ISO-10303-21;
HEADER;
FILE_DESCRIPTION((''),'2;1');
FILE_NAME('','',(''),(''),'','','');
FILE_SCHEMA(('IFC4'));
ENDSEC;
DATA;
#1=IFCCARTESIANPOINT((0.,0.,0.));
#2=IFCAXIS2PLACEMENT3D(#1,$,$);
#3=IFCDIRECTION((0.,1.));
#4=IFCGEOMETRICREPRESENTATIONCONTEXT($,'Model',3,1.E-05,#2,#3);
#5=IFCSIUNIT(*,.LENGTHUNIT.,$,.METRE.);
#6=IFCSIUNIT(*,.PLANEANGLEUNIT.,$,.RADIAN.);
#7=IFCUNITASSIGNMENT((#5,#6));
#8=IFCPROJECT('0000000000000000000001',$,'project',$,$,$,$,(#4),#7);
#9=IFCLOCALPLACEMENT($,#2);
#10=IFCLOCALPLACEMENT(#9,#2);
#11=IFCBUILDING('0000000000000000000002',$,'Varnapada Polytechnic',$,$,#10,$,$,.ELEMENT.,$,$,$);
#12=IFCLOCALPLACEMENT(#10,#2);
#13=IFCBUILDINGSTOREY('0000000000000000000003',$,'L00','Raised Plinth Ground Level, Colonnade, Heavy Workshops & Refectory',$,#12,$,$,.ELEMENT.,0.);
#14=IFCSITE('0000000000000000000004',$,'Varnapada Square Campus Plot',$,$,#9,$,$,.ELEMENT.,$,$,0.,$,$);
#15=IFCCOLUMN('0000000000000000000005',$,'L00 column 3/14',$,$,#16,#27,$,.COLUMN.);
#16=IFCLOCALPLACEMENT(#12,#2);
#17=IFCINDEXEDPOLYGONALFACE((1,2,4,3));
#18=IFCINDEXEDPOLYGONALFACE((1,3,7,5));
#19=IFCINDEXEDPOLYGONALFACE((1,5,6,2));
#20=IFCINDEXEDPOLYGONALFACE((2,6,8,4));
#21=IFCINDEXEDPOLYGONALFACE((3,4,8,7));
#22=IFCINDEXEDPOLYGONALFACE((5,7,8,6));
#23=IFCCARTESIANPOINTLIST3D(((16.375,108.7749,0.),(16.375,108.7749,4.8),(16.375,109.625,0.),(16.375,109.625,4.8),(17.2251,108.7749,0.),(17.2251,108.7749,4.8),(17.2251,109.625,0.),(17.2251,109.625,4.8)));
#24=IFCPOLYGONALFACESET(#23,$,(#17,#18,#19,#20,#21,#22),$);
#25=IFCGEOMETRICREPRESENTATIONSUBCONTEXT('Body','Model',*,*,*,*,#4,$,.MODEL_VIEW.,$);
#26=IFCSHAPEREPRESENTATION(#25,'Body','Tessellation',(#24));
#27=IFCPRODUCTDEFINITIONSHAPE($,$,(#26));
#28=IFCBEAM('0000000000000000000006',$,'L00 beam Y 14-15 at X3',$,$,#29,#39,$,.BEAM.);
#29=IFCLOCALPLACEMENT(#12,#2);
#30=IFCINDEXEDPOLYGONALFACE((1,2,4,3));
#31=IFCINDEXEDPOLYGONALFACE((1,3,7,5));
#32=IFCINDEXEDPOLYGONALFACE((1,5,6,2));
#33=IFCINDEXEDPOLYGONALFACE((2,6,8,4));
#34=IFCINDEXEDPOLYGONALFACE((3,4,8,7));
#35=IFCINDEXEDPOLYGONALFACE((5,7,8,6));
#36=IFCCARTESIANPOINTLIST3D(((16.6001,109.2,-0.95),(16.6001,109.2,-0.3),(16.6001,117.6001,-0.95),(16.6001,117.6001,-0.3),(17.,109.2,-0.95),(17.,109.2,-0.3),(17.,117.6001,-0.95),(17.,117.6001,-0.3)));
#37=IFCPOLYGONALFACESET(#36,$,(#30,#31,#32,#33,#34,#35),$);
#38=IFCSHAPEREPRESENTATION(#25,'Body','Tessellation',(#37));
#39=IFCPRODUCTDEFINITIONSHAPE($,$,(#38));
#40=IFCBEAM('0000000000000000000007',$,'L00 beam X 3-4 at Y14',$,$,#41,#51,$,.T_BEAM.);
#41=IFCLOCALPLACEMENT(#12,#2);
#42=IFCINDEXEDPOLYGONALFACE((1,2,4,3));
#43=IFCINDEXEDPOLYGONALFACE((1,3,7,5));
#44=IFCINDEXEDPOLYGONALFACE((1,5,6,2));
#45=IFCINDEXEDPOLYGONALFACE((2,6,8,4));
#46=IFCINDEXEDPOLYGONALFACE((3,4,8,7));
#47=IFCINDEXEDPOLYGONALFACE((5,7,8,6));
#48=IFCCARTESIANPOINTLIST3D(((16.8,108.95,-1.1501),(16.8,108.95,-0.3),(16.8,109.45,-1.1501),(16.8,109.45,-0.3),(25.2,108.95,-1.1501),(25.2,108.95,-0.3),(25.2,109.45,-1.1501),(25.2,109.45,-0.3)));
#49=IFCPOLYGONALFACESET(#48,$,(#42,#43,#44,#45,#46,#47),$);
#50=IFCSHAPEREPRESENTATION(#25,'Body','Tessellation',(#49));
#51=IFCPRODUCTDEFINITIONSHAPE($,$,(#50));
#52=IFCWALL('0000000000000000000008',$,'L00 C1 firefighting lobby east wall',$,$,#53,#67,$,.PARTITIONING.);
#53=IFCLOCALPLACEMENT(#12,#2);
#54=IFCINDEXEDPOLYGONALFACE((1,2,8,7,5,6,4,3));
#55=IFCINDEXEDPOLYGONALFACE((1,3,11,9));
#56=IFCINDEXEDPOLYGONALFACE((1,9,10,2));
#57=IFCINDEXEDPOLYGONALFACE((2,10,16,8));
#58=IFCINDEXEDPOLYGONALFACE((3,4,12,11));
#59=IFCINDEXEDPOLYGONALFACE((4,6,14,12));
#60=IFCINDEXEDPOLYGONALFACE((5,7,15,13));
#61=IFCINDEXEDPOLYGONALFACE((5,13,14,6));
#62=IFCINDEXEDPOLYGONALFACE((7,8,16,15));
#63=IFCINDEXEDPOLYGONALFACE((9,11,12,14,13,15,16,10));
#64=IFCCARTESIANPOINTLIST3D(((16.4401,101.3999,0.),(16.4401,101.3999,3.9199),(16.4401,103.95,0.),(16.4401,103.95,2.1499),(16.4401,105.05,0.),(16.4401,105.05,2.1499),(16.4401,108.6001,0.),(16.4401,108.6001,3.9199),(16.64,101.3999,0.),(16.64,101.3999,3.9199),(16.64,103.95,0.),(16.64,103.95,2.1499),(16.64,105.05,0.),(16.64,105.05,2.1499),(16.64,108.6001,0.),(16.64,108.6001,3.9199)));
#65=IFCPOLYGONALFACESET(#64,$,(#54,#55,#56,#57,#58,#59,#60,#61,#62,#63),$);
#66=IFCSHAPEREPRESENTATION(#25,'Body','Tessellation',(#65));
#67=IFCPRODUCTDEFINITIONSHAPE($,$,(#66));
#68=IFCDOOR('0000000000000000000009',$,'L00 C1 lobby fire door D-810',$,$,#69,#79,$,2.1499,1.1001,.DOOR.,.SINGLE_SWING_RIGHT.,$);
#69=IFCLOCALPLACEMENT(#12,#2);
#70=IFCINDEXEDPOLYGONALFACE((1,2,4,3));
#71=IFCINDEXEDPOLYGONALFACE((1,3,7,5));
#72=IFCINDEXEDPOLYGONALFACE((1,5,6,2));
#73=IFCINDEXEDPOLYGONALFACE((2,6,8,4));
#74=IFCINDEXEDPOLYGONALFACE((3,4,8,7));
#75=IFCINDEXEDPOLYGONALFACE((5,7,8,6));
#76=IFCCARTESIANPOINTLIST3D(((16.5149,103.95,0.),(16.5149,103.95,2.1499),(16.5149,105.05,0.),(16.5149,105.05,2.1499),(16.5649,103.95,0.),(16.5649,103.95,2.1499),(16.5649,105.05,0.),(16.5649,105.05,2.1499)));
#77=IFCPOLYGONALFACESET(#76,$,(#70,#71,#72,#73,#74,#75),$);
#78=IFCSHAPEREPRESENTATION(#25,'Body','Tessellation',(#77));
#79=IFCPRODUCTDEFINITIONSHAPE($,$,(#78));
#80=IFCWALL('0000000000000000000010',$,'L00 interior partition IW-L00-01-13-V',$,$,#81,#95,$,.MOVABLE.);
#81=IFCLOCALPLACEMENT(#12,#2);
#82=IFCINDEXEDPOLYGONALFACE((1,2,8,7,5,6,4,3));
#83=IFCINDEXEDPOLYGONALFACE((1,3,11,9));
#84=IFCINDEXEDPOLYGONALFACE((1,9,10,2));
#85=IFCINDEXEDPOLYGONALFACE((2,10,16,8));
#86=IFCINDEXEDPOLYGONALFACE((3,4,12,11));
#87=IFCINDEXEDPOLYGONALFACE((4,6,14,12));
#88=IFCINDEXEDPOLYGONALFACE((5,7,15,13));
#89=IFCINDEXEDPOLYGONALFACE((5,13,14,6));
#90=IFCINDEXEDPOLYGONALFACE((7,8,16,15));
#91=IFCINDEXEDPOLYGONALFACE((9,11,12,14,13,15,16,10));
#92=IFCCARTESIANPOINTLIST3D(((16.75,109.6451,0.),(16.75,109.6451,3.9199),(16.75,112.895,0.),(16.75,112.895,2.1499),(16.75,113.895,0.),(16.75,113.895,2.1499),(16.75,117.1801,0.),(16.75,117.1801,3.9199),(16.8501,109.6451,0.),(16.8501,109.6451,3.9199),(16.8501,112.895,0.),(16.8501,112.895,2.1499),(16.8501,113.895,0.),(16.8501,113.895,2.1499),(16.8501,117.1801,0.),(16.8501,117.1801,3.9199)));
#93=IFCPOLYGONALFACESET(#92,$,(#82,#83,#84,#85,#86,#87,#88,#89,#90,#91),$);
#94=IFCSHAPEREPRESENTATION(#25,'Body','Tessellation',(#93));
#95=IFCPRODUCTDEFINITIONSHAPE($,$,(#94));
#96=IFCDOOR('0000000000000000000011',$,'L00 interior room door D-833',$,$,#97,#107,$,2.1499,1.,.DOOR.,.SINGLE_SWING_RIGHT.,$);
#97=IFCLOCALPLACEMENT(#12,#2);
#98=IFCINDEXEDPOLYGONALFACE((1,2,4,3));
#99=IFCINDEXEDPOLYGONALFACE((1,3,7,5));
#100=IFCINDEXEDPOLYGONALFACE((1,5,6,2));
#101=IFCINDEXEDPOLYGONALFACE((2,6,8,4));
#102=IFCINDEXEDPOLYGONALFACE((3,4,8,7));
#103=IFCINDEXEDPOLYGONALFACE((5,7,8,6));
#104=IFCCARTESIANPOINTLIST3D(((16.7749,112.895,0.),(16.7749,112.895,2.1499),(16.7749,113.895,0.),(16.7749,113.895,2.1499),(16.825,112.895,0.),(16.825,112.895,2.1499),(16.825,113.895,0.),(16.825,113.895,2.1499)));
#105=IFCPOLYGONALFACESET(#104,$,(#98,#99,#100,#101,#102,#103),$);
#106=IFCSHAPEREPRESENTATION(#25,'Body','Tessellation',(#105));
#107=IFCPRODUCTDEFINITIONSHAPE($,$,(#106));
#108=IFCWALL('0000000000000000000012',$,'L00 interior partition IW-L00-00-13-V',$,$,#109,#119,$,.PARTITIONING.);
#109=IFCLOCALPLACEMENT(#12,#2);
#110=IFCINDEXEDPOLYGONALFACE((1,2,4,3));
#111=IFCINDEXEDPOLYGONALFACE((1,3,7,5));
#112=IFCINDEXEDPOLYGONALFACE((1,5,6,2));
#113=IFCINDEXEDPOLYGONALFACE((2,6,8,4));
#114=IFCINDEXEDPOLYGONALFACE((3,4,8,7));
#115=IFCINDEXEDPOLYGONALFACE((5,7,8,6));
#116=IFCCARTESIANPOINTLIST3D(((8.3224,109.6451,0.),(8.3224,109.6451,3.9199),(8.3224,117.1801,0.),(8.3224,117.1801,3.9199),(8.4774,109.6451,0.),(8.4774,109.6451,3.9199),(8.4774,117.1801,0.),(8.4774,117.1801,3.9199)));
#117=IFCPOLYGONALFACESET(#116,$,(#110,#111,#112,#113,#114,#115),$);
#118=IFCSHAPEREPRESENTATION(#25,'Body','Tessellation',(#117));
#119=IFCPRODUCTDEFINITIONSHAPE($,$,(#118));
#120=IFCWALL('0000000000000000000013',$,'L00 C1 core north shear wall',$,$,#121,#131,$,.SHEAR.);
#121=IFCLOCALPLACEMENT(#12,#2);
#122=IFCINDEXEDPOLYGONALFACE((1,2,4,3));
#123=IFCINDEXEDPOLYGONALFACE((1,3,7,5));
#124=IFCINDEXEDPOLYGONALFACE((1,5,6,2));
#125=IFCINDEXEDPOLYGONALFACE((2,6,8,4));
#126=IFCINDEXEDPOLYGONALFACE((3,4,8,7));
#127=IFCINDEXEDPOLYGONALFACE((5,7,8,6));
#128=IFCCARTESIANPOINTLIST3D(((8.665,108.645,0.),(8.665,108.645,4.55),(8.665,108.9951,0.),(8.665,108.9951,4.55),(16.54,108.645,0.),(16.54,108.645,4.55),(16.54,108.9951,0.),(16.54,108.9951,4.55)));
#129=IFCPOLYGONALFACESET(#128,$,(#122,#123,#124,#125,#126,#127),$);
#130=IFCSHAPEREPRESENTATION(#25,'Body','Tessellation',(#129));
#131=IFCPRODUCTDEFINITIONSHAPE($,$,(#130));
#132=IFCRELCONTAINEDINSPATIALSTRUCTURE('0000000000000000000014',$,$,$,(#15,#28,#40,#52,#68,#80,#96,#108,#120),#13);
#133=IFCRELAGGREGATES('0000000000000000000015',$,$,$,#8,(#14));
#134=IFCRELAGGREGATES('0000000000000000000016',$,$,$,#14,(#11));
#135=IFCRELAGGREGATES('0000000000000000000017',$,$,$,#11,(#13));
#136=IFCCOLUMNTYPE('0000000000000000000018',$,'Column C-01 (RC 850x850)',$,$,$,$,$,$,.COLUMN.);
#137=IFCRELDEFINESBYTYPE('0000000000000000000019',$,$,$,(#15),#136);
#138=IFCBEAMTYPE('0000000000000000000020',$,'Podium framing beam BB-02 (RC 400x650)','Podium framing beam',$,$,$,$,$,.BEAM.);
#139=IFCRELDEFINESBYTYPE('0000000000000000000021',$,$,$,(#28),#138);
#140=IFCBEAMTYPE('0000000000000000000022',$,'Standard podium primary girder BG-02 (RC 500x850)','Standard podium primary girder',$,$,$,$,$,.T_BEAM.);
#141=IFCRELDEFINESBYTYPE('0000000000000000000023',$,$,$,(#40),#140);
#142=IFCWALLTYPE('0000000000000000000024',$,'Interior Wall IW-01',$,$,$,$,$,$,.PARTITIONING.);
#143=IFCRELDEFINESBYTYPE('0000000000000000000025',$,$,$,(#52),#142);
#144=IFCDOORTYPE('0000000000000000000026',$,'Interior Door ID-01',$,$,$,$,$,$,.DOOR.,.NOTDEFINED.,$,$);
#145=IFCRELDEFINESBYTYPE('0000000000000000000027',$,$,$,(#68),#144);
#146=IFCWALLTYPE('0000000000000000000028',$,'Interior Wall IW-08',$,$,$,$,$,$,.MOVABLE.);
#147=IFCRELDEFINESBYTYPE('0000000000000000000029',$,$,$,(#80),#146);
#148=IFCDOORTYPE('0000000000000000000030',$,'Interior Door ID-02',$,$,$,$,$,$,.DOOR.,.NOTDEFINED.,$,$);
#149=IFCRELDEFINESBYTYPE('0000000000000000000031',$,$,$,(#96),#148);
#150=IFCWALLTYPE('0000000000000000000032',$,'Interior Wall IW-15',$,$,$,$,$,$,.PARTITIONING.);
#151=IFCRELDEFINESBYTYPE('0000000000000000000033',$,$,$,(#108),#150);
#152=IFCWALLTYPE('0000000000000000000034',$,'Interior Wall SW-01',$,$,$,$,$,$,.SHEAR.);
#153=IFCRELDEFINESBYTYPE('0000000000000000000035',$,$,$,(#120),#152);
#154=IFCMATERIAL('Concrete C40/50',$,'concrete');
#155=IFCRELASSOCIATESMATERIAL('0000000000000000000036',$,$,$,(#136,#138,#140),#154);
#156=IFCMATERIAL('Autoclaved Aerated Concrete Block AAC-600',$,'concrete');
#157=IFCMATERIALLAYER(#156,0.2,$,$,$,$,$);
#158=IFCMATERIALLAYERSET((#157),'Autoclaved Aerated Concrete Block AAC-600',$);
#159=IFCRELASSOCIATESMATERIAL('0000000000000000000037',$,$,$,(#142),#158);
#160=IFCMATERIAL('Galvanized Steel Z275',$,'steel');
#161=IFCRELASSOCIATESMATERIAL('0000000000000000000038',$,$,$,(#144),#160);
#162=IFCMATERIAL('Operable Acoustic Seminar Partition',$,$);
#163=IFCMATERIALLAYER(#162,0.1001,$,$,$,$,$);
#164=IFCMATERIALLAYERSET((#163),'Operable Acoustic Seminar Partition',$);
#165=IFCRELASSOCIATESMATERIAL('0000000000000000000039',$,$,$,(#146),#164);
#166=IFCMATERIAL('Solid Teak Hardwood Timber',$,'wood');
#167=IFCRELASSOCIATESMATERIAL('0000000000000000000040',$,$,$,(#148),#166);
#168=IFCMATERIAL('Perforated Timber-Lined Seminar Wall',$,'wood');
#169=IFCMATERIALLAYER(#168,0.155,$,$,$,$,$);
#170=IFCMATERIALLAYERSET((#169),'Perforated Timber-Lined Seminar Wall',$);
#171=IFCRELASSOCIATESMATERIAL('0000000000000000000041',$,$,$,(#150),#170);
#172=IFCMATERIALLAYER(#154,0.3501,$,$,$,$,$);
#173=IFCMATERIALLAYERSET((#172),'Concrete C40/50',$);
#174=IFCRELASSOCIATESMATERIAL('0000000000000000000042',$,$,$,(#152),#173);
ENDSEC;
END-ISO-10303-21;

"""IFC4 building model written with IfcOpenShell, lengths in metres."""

from ifc_helpers import new_model, si_unit, direction, frame, frame_2d, origin, origin_2d, place, context, subcontext, project, spatial, rectangle, extrude, material, layer, layer_set, material_profile, profile_set, type_object, element, fill, save


model = new_model("IFC4")

# Units and contexts
model_context = context("Model", 3, precision=1e-05, world=origin(), true_north=direction((0.0, 1.0)))
body_context = subcontext(model_context, "Body", "Model", "MODEL_VIEW")
ifc_project = project(units=[si_unit("LENGTHUNIT", "METRE"), si_unit("PLANEANGLEUNIT", "RADIAN")], contexts=[model_context])

# Site, building, storey
site_placement = place(None, origin())
site = spatial("IfcSite", under=ifc_project, at=site_placement, Name="Varnapada Square Campus Plot", CompositionType="ELEMENT", RefElevation=0.0)
building_placement = place(site_placement, origin())
building = spatial("IfcBuilding", under=site, at=building_placement, Name="Varnapada Polytechnic", CompositionType="ELEMENT")
storey_placement = place(building_placement, origin())
storey = spatial("IfcBuildingStorey", under=building, at=storey_placement, Name="L00", Description="Raised Plinth Ground Level, Colonnade, Heavy Workshops & Refectory", CompositionType="ELEMENT", Elevation=0.0)

# Column
ifc_material_1 = material(Name="Concrete C40/50", Category="concrete")
ifc_material_profile_1 = material_profile(ifc_material_1, rectangle(XDim=0.8501, YDim=0.8501, at=origin_2d()), Name="RC 850x850")
ifc_profile_set_1 = profile_set([ifc_material_profile_1], Name="Concrete C40/50")
column_type = type_object("IfcColumnType", Name="Column C-01 (RC 850x850)", PredefinedType="COLUMN", material=ifc_profile_set_1)
column_placement = place(storey_placement, frame((16.8, 109.2, 0.0), z_axis=(0.0, 0.0, 1.0), x_axis=(1.0, 0.0, 0.0)))
element("IfcColumn", 1, at=column_placement, inside=storey, type_object=column_type, Name="L00 column 3/14", PredefinedType="COLUMN", context=body_context, shape_type="SweptSolid", body=[
    extrude(rectangle(XDim=0.8501, YDim=0.8501, at=origin_2d()), origin(), (0.0, 0.0, 1.0), 4.8),
])

# Beams
ifc_material_profile_2 = material_profile(ifc_material_1, rectangle(XDim=0.3999, YDim=0.6499, at=origin_2d()), Name="RC 400x650")
ifc_profile_set_2 = profile_set([ifc_material_profile_2], Name="Concrete C40/50")
beam_type_1 = type_object("IfcBeamType", Name="Podium framing beam BB-02 (RC 400x650)", Description="Podium framing beam", PredefinedType="BEAM", material=ifc_profile_set_2)
beam_1_placement = place(storey_placement, frame((16.8, 109.2, -0.625), z_axis=(0.0, 1.0, 0.0), x_axis=(-1.0, 0.0, 0.0)))
element("IfcBeam", 2, at=beam_1_placement, inside=storey, type_object=beam_type_1, Name="L00 beam Y 14-15 at X3", PredefinedType="BEAM", context=body_context, shape_type="SweptSolid", body=[
    extrude(rectangle(XDim=0.3999, YDim=0.6499, at=origin_2d()), origin(), (0.0, 0.0, 1.0), 8.4001),
])
ifc_material_profile_3 = material_profile(ifc_material_1, rectangle(XDim=0.5, YDim=0.8501, at=origin_2d()), Name="RC 500x850")
ifc_profile_set_3 = profile_set([ifc_material_profile_3], Name="Concrete C40/50")
beam_type_2 = type_object("IfcBeamType", Name="Standard podium primary girder BG-02 (RC 500x850)", Description="Standard podium primary girder", PredefinedType="T_BEAM", material=ifc_profile_set_3)
beam_2_placement = place(storey_placement, frame((16.8, 109.2, -0.7251), z_axis=(1.0, 0.0, 0.0), x_axis=(0.0, 1.0, 0.0)))
element("IfcBeam", 3, at=beam_2_placement, inside=storey, type_object=beam_type_2, Name="L00 beam X 3-4 at Y14", PredefinedType="T_BEAM", context=body_context, shape_type="SweptSolid", body=[
    extrude(rectangle(XDim=0.5, YDim=0.8501, at=origin_2d()), origin(), (0.0, 0.0, 1.0), 8.3999),
])

# Walls, openings, doors
ifc_material_2 = material(Name="Autoclaved Aerated Concrete Block AAC-600", Category="concrete")
ifc_layer_1 = layer(ifc_material_2, 0.2)
ifc_layer_set_1 = layer_set([ifc_layer_1], Name="Autoclaved Aerated Concrete Block AAC-600")
wall_type_1 = type_object("IfcWallType", Name="Interior Wall IW-01", PredefinedType="PARTITIONING", material=ifc_layer_set_1)
wall_1_placement = place(storey_placement, frame((16.54, 108.6001, 0.0), z_axis=(0.0, 0.0, 1.0), x_axis=(0.0, -1.0, 0.0)))
wall_1 = element("IfcWall", 4, at=wall_1_placement, inside=storey, type_object=wall_type_1, Name="L00 C1 firefighting lobby east wall", PredefinedType="PARTITIONING", context=body_context, shape_type="SweptSolid", body=[
    extrude(rectangle(XDim=7.2002, YDim=0.2, at=frame_2d((3.6001, 0.0))), origin(), (0.0, 0.0, 1.0), 3.9199),
])
opening_1_placement = place(wall_1_placement, frame((3.55, 0.0, 0.0)))
opening_1 = element("IfcOpeningElement", 5, at=opening_1_placement, cuts=wall_1, PredefinedType="OPENING", context=body_context, shape_type="SweptSolid", body=[
    extrude(rectangle(XDim=1.1001, YDim=2.1499, at=frame_2d((0.55, 1.075))), frame((0.0, 0.1099, 0.0), z_axis=(0.0, -1.0, 0.0), x_axis=(1.0, 0.0, 0.0)), (0.0, 0.0, 1.0), 0.22),
])
ifc_material_3 = material(Name="Galvanized Steel Z275", Category="steel")
door_type_1 = type_object("IfcDoorType", Name="Interior Door ID-01", OperationType="NOTDEFINED", PredefinedType="DOOR", material=ifc_material_3)
door_1_placement = place(opening_1_placement, origin())
door_1 = element("IfcDoor", 6, at=door_1_placement, inside=storey, type_object=door_type_1, Name="L00 C1 lobby fire door D-810", OperationType="SINGLE_SWING_RIGHT", OverallHeight=2.1499, OverallWidth=1.1001, PredefinedType="DOOR", context=body_context, shape_type="SweptSolid", body=[
    extrude(rectangle(XDim=1.1001, YDim=2.1499, at=frame_2d((0.55, 1.075))), frame((0.0, 0.0249, 0.0), z_axis=(0.0, -1.0, 0.0), x_axis=(1.0, 0.0, 0.0)), (0.0, 0.0, 1.0), 0.05),
])
fill(opening_1, door_1)
ifc_material_4 = material(Name="Operable Acoustic Seminar Partition")
ifc_layer_2 = layer(ifc_material_4, 0.1001)
ifc_layer_set_2 = layer_set([ifc_layer_2], Name="Operable Acoustic Seminar Partition")
wall_type_2 = type_object("IfcWallType", Name="Interior Wall IW-08", PredefinedType="MOVABLE", material=ifc_layer_set_2)
wall_2_placement = place(storey_placement, frame((16.8, 109.645, 0.0), z_axis=(0.0, 0.0, 1.0), x_axis=(0.0, 1.0, 0.0)))
wall_2 = element("IfcWall", 7, at=wall_2_placement, inside=storey, type_object=wall_type_2, Name="L00 interior partition IW-L00-01-13-V", PredefinedType="MOVABLE", context=body_context, shape_type="SweptSolid", body=[
    extrude(rectangle(XDim=7.5349, YDim=0.1001, at=frame_2d((3.7676, 0.0))), origin(), (0.0, 0.0, 1.0), 3.9199),
])
opening_2_placement = place(wall_2_placement, frame((3.25, 0.0, 0.0)))
opening_2 = element("IfcOpeningElement", 8, at=opening_2_placement, cuts=wall_2, PredefinedType="OPENING", context=body_context, shape_type="SweptSolid", body=[
    extrude(rectangle(XDim=1.0, YDim=2.1499, at=frame_2d((0.5, 1.075))), frame((0.0, 0.0601, 0.0), z_axis=(0.0, -1.0, 0.0), x_axis=(1.0, 0.0, 0.0)), (0.0, 0.0, 1.0), 0.1201),
])
ifc_material_5 = material(Name="Solid Teak Hardwood Timber", Category="wood")
door_type_2 = type_object("IfcDoorType", Name="Interior Door ID-02", OperationType="NOTDEFINED", PredefinedType="DOOR", material=ifc_material_5)
door_2_placement = place(opening_2_placement, frame((1.0, 0.0, 0.0), z_axis=(0.0, 0.0, 1.0), x_axis=(-1.0, 0.0, 0.0)))
door_2 = element("IfcDoor", 9, at=door_2_placement, inside=storey, type_object=door_type_2, Name="L00 interior room door D-833", OperationType="SINGLE_SWING_RIGHT", OverallHeight=2.1499, OverallWidth=1.0, PredefinedType="DOOR", context=body_context, shape_type="SweptSolid", body=[
    extrude(rectangle(XDim=1.0, YDim=2.1499, at=frame_2d((0.5, 1.075))), frame((0.0, 0.0249, 0.0), z_axis=(0.0, -1.0, 0.0), x_axis=(1.0, 0.0, 0.0)), (0.0, 0.0, 1.0), 0.05),
])
fill(opening_2, door_2)

# Walls
ifc_material_6 = material(Name="Perforated Timber-Lined Seminar Wall", Category="wood")
ifc_layer_3 = layer(ifc_material_6, 0.155)
ifc_layer_set_3 = layer_set([ifc_layer_3], Name="Perforated Timber-Lined Seminar Wall")
wall_type_3 = type_object("IfcWallType", Name="Interior Wall IW-15", PredefinedType="PARTITIONING", material=ifc_layer_set_3)
wall_3_placement = place(storey_placement, frame((8.3999, 109.645, 0.0), z_axis=(0.0, 0.0, 1.0), x_axis=(0.0, 1.0, 0.0)))
element("IfcWall", 10, at=wall_3_placement, inside=storey, type_object=wall_type_3, Name="L00 interior partition IW-L00-00-13-V", PredefinedType="PARTITIONING", context=body_context, shape_type="SweptSolid", body=[
    extrude(rectangle(XDim=7.5349, YDim=0.155, at=frame_2d((3.7676, 0.0))), origin(), (0.0, 0.0, 1.0), 3.9199),
])
ifc_layer_4 = layer(ifc_material_1, 0.3501)
ifc_layer_set_4 = layer_set([ifc_layer_4], Name="Concrete C40/50")
wall_type_4 = type_object("IfcWallType", Name="Interior Wall SW-01", PredefinedType="SHEAR", material=ifc_layer_set_4)
wall_4_placement = place(storey_placement, frame((8.665, 108.8201, 0.0), z_axis=(0.0, 0.0, 1.0), x_axis=(1.0, 0.0, 0.0)))
element("IfcWall", 11, at=wall_4_placement, inside=storey, type_object=wall_type_4, Name="L00 C1 core north shear wall", PredefinedType="SHEAR", context=body_context, shape_type="SweptSolid", body=[
    extrude(rectangle(XDim=7.875, YDim=0.3501, at=frame_2d((3.9375, 0.0))), origin(), (0.0, 0.0, 1.0), 4.55),
])

save(model, "model.ifc")
